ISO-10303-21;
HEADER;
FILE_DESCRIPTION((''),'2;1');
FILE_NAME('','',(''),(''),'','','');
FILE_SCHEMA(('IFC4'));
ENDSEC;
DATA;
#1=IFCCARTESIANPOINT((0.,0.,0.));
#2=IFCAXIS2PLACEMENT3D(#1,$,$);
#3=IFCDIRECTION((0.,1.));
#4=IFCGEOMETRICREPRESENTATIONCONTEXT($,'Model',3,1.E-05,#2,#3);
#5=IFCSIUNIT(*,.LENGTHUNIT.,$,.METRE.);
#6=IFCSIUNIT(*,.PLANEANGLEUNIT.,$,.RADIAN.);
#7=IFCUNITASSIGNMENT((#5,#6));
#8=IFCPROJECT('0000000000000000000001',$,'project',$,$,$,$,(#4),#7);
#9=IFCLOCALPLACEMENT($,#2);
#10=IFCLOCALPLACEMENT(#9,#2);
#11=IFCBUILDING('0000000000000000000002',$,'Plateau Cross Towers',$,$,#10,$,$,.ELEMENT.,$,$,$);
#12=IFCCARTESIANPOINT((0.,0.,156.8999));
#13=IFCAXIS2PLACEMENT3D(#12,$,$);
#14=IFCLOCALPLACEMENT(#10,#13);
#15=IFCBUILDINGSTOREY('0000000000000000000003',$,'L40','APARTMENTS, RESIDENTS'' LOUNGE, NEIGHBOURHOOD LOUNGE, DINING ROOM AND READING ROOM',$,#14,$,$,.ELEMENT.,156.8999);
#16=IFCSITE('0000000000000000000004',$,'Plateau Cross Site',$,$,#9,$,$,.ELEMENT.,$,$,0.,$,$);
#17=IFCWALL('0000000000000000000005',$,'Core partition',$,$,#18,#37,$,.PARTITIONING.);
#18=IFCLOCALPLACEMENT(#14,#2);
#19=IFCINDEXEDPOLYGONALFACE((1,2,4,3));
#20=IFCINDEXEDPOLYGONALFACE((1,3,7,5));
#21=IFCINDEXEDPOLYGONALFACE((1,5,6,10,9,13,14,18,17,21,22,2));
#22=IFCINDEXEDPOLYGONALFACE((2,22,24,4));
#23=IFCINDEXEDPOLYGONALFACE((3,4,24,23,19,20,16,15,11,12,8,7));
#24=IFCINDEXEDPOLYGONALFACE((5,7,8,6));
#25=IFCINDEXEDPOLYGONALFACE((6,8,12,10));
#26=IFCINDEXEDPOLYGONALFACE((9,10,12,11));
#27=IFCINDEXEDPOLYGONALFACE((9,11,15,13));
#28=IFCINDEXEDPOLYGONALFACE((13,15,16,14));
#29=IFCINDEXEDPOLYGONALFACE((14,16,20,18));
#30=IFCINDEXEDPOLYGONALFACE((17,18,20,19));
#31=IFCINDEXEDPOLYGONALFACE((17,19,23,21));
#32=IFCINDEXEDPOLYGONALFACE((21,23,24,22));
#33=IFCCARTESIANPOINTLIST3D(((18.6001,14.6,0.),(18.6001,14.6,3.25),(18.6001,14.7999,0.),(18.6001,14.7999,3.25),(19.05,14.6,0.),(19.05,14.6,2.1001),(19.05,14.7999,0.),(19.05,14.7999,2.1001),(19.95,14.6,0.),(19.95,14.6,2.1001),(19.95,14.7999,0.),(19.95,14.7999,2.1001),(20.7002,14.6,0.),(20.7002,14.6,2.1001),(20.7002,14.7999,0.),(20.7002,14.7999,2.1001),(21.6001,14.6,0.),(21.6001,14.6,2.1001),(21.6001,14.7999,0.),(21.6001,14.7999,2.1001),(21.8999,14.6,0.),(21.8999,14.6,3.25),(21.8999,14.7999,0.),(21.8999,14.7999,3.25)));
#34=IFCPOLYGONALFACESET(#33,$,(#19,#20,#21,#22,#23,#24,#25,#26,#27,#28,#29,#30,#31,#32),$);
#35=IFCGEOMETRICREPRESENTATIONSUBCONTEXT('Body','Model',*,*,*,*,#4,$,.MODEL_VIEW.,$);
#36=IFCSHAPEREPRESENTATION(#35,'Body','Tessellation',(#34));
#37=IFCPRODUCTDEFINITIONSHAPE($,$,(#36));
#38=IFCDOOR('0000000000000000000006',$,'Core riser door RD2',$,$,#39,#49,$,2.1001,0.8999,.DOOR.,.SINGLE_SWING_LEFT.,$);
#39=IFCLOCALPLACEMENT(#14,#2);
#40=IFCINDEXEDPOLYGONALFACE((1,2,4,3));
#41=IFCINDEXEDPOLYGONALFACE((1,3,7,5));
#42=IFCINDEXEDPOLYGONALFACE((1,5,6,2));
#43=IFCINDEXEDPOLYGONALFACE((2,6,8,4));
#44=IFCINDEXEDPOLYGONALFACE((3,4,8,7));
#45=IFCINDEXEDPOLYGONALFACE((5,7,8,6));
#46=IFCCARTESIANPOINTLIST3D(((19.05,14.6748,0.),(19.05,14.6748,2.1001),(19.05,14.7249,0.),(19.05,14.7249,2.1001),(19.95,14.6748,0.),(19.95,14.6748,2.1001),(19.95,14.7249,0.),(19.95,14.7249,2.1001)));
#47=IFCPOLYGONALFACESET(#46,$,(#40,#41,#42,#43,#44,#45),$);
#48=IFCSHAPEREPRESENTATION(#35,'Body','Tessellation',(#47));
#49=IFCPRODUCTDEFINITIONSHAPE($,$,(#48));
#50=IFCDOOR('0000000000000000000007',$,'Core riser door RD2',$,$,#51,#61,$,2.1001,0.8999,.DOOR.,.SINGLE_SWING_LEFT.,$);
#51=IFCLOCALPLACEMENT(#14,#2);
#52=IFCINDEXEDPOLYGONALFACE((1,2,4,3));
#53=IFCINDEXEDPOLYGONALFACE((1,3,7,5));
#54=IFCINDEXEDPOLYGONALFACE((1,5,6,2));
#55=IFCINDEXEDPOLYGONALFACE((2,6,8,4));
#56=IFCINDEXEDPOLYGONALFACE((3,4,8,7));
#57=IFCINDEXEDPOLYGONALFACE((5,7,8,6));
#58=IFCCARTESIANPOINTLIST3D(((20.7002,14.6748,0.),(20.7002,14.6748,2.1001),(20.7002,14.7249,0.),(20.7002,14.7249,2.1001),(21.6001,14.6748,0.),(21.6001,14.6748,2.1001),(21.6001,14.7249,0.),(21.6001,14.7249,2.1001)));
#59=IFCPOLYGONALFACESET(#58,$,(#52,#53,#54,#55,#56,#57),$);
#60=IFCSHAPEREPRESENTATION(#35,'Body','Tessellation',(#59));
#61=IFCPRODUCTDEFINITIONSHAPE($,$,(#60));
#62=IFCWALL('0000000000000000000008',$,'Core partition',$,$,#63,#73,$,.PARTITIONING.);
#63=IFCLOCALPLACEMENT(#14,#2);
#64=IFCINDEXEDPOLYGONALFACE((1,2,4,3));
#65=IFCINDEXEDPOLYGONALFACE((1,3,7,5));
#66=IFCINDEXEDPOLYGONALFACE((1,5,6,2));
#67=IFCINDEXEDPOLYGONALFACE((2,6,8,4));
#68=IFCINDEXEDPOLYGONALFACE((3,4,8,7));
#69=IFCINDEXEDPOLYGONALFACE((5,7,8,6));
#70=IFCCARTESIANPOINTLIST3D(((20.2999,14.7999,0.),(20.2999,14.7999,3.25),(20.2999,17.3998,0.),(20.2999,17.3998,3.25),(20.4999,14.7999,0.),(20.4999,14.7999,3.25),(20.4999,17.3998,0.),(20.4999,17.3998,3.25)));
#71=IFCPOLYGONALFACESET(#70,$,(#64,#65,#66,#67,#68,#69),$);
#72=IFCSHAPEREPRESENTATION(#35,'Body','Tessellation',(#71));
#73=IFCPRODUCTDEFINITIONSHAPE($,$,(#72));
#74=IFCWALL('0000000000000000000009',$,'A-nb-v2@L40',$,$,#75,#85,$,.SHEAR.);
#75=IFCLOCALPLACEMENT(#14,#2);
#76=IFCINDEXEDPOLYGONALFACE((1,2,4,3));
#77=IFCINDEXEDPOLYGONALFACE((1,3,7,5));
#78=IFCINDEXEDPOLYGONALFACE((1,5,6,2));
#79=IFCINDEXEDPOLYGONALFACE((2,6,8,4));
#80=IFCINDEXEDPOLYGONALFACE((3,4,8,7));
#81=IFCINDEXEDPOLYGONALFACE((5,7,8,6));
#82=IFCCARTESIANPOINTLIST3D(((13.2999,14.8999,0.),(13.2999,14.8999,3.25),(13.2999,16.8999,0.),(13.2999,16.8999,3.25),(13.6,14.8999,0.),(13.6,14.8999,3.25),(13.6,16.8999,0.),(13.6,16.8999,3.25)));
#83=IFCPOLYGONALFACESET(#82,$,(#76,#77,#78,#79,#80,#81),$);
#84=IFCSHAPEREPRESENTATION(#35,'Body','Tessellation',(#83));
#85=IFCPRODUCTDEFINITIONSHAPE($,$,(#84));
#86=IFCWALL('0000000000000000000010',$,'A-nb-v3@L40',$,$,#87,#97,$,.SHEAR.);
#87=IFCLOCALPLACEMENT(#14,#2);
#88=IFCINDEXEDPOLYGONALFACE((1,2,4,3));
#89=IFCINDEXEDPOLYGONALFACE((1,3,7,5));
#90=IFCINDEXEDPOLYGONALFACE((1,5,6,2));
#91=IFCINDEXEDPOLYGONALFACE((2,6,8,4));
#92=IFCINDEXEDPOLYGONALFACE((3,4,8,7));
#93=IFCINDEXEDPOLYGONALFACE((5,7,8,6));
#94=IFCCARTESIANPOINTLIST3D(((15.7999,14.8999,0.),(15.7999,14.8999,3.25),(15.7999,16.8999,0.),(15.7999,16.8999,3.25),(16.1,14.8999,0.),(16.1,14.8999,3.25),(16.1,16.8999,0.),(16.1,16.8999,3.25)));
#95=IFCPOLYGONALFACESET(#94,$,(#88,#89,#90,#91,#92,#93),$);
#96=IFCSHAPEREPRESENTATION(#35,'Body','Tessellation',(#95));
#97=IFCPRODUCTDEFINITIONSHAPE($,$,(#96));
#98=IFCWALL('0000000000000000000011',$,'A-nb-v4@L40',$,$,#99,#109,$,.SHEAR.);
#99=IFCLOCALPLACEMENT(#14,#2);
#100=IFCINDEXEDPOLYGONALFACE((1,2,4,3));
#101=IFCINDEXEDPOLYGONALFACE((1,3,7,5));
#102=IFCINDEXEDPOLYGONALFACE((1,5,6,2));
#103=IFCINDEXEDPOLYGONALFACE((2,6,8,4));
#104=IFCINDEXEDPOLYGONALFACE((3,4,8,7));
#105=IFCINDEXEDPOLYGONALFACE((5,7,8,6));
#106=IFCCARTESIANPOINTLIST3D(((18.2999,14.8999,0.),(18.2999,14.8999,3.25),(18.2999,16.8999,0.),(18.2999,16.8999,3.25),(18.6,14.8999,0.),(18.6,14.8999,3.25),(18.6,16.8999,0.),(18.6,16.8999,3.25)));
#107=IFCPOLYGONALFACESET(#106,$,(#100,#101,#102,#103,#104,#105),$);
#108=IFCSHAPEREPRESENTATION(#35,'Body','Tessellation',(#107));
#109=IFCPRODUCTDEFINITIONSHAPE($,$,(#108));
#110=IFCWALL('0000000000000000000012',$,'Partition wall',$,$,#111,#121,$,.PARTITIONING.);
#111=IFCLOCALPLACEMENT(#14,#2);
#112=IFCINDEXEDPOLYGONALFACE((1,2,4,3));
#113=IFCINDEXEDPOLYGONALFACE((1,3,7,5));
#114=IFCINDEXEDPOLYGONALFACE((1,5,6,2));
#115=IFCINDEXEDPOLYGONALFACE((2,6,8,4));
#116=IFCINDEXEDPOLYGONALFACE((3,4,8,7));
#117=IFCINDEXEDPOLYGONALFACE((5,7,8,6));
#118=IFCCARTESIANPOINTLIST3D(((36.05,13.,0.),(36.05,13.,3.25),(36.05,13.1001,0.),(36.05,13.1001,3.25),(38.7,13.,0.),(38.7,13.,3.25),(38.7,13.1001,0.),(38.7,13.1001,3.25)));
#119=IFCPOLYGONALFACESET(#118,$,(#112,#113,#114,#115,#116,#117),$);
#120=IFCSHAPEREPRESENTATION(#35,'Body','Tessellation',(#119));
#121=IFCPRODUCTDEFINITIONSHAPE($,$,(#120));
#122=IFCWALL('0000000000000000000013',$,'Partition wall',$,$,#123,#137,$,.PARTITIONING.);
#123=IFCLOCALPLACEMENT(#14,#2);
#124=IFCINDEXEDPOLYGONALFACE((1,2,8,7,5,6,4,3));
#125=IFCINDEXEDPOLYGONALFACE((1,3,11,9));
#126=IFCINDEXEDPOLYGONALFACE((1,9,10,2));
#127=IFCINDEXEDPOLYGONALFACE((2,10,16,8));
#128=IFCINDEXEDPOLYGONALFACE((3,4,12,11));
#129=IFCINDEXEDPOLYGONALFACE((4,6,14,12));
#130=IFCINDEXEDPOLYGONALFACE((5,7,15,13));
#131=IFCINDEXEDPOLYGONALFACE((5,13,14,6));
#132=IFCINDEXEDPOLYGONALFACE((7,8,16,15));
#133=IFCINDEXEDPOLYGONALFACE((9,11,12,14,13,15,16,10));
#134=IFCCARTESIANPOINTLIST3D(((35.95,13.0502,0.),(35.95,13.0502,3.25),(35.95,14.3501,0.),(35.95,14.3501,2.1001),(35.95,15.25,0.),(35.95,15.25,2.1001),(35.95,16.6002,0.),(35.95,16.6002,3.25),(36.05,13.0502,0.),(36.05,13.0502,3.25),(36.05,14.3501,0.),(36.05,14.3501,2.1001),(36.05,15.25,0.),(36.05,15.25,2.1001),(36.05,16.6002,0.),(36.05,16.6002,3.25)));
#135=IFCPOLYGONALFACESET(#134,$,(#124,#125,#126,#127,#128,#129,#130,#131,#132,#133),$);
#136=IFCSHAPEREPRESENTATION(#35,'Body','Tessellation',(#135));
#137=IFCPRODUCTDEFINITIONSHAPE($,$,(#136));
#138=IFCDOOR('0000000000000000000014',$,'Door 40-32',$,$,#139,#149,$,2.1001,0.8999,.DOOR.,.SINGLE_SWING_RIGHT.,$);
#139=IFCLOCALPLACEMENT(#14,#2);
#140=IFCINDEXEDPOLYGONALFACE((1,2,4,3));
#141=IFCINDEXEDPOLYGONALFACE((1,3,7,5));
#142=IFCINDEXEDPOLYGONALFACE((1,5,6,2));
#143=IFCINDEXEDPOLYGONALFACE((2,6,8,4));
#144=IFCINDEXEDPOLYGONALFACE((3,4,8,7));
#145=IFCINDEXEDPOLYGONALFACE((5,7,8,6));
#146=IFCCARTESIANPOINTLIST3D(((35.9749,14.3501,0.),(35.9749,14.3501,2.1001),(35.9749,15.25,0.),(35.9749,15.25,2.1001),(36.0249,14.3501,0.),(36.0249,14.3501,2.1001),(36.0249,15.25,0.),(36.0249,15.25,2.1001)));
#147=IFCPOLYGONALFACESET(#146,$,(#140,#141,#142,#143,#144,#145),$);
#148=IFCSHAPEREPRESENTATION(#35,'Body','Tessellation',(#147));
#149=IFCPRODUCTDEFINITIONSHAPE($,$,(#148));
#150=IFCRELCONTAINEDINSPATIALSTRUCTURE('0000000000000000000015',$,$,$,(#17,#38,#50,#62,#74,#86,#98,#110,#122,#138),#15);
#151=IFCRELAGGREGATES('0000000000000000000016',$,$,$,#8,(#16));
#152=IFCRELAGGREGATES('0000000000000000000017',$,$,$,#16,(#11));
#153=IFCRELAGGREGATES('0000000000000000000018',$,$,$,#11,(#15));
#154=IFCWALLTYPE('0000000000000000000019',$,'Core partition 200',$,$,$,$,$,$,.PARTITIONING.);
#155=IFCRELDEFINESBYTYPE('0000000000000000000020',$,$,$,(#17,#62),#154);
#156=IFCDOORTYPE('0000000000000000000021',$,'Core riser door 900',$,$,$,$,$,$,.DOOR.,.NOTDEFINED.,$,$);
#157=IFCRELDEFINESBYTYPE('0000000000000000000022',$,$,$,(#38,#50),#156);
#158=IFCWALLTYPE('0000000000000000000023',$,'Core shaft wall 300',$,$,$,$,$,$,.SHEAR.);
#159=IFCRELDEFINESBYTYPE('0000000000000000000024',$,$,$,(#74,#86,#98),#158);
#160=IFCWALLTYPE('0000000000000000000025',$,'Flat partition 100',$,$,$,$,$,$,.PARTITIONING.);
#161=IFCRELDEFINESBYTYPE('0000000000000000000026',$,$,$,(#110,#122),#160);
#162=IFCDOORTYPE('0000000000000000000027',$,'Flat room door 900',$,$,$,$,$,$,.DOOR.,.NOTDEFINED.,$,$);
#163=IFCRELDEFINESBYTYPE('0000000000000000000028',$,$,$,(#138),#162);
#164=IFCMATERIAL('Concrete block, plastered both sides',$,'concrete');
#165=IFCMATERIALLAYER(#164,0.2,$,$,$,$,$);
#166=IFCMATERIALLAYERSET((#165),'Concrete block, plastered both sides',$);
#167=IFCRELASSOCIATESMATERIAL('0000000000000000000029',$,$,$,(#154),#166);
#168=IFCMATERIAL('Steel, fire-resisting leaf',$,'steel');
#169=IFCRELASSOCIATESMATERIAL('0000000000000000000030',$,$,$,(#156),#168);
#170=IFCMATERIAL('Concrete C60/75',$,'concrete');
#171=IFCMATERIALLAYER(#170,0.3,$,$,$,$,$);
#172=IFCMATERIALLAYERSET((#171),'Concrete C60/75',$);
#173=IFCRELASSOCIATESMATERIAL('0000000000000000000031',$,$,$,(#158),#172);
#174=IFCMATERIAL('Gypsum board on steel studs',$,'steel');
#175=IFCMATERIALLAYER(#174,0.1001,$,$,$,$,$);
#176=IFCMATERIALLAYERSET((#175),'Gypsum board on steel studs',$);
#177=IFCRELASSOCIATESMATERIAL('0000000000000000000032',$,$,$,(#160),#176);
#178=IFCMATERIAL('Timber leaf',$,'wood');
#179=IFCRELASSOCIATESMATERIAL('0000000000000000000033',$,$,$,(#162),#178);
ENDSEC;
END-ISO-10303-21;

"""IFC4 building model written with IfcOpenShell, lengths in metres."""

from ifc_helpers import new_model, si_unit, direction, frame, frame_2d, origin, place, context, subcontext, project, spatial, rectangle, extrude, material, layer, layer_set, type_object, element, fill, save


model = new_model("IFC4")

# Units and contexts
model_context = context("Model", 3, precision=1e-05, world=origin(), true_north=direction((0.0, 1.0)))
body_context = subcontext(model_context, "Body", "Model", "MODEL_VIEW")
ifc_project = project(units=[si_unit("LENGTHUNIT", "METRE"), si_unit("PLANEANGLEUNIT", "RADIAN")], contexts=[model_context])

# Site, building, storey
site_placement = place(None, origin())
site = spatial("IfcSite", under=ifc_project, at=site_placement, Name="Plateau Cross Site", CompositionType="ELEMENT", RefElevation=0.0)
building_placement = place(site_placement, origin())
building = spatial("IfcBuilding", under=site, at=building_placement, Name="Plateau Cross Towers", CompositionType="ELEMENT")
storey_placement = place(building_placement, frame((0.0, 0.0, 156.8999)))
storey = spatial("IfcBuildingStorey", under=building, at=storey_placement, Name="L40", Description="APARTMENTS, RESIDENTS' LOUNGE, NEIGHBOURHOOD LOUNGE, DINING ROOM AND READING ROOM", CompositionType="ELEMENT", Elevation=156.8999)

# Shared definitions
ifc_material_1 = material(Name="Concrete C60/75", Category="concrete")

# Wall, openings, doors
ifc_material_2 = material(Name="Concrete block, plastered both sides", Category="concrete")
ifc_layer_1 = layer(ifc_material_2, 0.2)
ifc_layer_set_1 = layer_set([ifc_layer_1], Name="Concrete block, plastered both sides")
wall_type_1 = type_object("IfcWallType", Name="Core partition 200", PredefinedType="PARTITIONING", material=ifc_layer_set_1)
wall_1_placement = place(storey_placement, frame((18.6001, 14.7, 0.0), z_axis=(0.0, 0.0, 1.0), x_axis=(1.0, 0.0, 0.0)))
wall_1 = element("IfcWall", 1, at=wall_1_placement, inside=storey, type_object=wall_type_1, Name="Core partition", PredefinedType="PARTITIONING", context=body_context, shape_type="SweptSolid", body=[
    extrude(rectangle(XDim=3.2998, YDim=0.2, at=frame_2d((1.6499, 0.0))), origin(), (0.0, 0.0, 1.0), 3.25),
])
opening_1_placement = place(wall_1_placement, frame((0.45, 0.0, 0.0)))
opening_1 = element("IfcOpeningElement", 2, at=opening_1_placement, cuts=wall_1, PredefinedType="OPENING", context=body_context, shape_type="SweptSolid", body=[
    extrude(rectangle(XDim=0.8999, YDim=2.1001, at=frame_2d((0.45, 1.05))), frame((0.0, 0.1099, 0.0), z_axis=(0.0, -1.0, 0.0), x_axis=(1.0, 0.0, 0.0)), (0.0, 0.0, 1.0), 0.22),
])
opening_2_placement = place(wall_1_placement, frame((2.1001, 0.0, 0.0)))
opening_2 = element("IfcOpeningElement", 3, at=opening_2_placement, cuts=wall_1, PredefinedType="OPENING", context=body_context, shape_type="SweptSolid", body=[
    extrude(rectangle(XDim=0.8999, YDim=2.1001, at=frame_2d((0.45, 1.05))), frame((0.0, 0.1099, 0.0), z_axis=(0.0, -1.0, 0.0), x_axis=(1.0, 0.0, 0.0)), (0.0, 0.0, 1.0), 0.22),
])
ifc_material_3 = material(Name="Steel, fire-resisting leaf", Category="steel")
door_type_1 = type_object("IfcDoorType", Name="Core riser door 900", OperationType="NOTDEFINED", PredefinedType="DOOR", material=ifc_material_3)
door_1_placement = place(opening_1_placement, origin())
door_1 = element("IfcDoor", 4, at=door_1_placement, inside=storey, type_object=door_type_1, Name="Core riser door RD2", OperationType="SINGLE_SWING_LEFT", OverallHeight=2.1001, OverallWidth=0.8999, PredefinedType="DOOR", context=body_context, shape_type="SweptSolid", body=[
    extrude(rectangle(XDim=0.8999, YDim=2.1001, at=frame_2d((0.45, 1.05))), frame((0.0, 0.0249, 0.0), z_axis=(0.0, -1.0, 0.0), x_axis=(1.0, 0.0, 0.0)), (0.0, 0.0, 1.0), 0.05),
])
fill(opening_1, door_1)
door_2_placement = place(opening_2_placement, origin())
door_2 = element("IfcDoor", 5, at=door_2_placement, inside=storey, type_object=door_type_1, Name="Core riser door RD2", OperationType="SINGLE_SWING_LEFT", OverallHeight=2.1001, OverallWidth=0.8999, PredefinedType="DOOR", context=body_context, shape_type="SweptSolid", body=[
    extrude(rectangle(XDim=0.8999, YDim=2.1001, at=frame_2d((0.45, 1.05))), frame((0.0, 0.0249, 0.0), z_axis=(0.0, -1.0, 0.0), x_axis=(1.0, 0.0, 0.0)), (0.0, 0.0, 1.0), 0.05),
])
fill(opening_2, door_2)

# Walls
wall_2_placement = place(storey_placement, frame((20.3999, 14.8, 0.0), z_axis=(0.0, 0.0, 1.0), x_axis=(0.0, 1.0, 0.0)))
element("IfcWall", 6, at=wall_2_placement, inside=storey, type_object=wall_type_1, Name="Core partition", PredefinedType="PARTITIONING", context=body_context, shape_type="SweptSolid", body=[
    extrude(rectangle(XDim=2.5999, YDim=0.2, at=frame_2d((1.2998, 0.0))), origin(), (0.0, 0.0, 1.0), 3.25),
])
ifc_layer_2 = layer(ifc_material_1, 0.3)
ifc_layer_set_2 = layer_set([ifc_layer_2], Name="Concrete C60/75")
wall_type_2 = type_object("IfcWallType", Name="Core shaft wall 300", PredefinedType="SHEAR", material=ifc_layer_set_2)
for number, where, z_axis, x_axis, name in (
    (7, (13.45, 14.8999, 0.0), (0.0, 0.0, 1.0), (0.0, 1.0, 0.0), "A-nb-v2@L40"),
    (8, (15.95, 14.8999, 0.0), (0.0, 0.0, 1.0), (0.0, 1.0, 0.0), "A-nb-v3@L40"),
    (9, (18.45, 14.8999, 0.0), (0.0, 0.0, 1.0), (0.0, 1.0, 0.0), "A-nb-v4@L40"),
):
    element("IfcWall", number, at=place(storey_placement, frame(where, z_axis=z_axis, x_axis=x_axis)), inside=storey, type_object=wall_type_2, Name=name, PredefinedType="SHEAR", context=body_context, shape_type="SweptSolid", body=[
        extrude(rectangle(XDim=2.0, YDim=0.3, at=frame_2d((1.0, 0.0))), origin(), (0.0, 0.0, 1.0), 3.25),
    ])
ifc_material_4 = material(Name="Gypsum board on steel studs", Category="steel")
ifc_layer_3 = layer(ifc_material_4, 0.1001)
ifc_layer_set_3 = layer_set([ifc_layer_3], Name="Gypsum board on steel studs")
wall_type_3 = type_object("IfcWallType", Name="Flat partition 100", PredefinedType="PARTITIONING", material=ifc_layer_set_3)
wall_3_placement = place(storey_placement, frame((36.05, 13.05, 0.0), z_axis=(0.0, 0.0, 1.0), x_axis=(1.0, 0.0, 0.0)))
element("IfcWall", 10, at=wall_3_placement, inside=storey, type_object=wall_type_3, Name="Partition wall", PredefinedType="PARTITIONING", context=body_context, shape_type="SweptSolid", body=[
    extrude(rectangle(XDim=2.6499, YDim=0.1001, at=frame_2d((1.325, 0.0))), origin(), (0.0, 0.0, 1.0), 3.25),
])

# Wall, opening, door
wall_4_placement = place(storey_placement, frame((36.0, 16.6001, 0.0), z_axis=(0.0, 0.0, 1.0), x_axis=(0.0, -1.0, 0.0)))
wall_4 = element("IfcWall", 11, at=wall_4_placement, inside=storey, type_object=wall_type_3, Name="Partition wall", PredefinedType="PARTITIONING", context=body_context, shape_type="SweptSolid", body=[
    extrude(rectangle(XDim=3.55, YDim=0.1001, at=frame_2d((1.7749, 0.0))), origin(), (0.0, 0.0, 1.0), 3.25),
])
opening_3_placement = place(wall_4_placement, frame((1.3501, 0.0, 0.0)))
opening_3 = element("IfcOpeningElement", 12, at=opening_3_placement, cuts=wall_4, PredefinedType="OPENING", context=body_context, shape_type="SweptSolid", body=[
    extrude(rectangle(XDim=0.8999, YDim=2.1001, at=frame_2d((0.45, 1.05))), frame((0.0, 0.0601, 0.0), z_axis=(0.0, -1.0, 0.0), x_axis=(1.0, 0.0, 0.0)), (0.0, 0.0, 1.0), 0.1201),
])
ifc_material_5 = material(Name="Timber leaf", Category="wood")
door_type_2 = type_object("IfcDoorType", Name="Flat room door 900", OperationType="NOTDEFINED", PredefinedType="DOOR", material=ifc_material_5)
door_3_placement = place(opening_3_placement, origin())
door_3 = element("IfcDoor", 13, at=door_3_placement, inside=storey, type_object=door_type_2, Name="Door 40-32", OperationType="SINGLE_SWING_RIGHT", OverallHeight=2.1001, OverallWidth=0.8999, PredefinedType="DOOR", context=body_context, shape_type="SweptSolid", body=[
    extrude(rectangle(XDim=0.8999, YDim=2.1001, at=frame_2d((0.45, 1.05))), frame((0.0, 0.0249, 0.0), z_axis=(0.0, -1.0, 0.0), x_axis=(1.0, 0.0, 0.0)), (0.0, 0.0, 1.0), 0.05),
])
fill(opening_3, door_3)

save(model, "model.ifc")
